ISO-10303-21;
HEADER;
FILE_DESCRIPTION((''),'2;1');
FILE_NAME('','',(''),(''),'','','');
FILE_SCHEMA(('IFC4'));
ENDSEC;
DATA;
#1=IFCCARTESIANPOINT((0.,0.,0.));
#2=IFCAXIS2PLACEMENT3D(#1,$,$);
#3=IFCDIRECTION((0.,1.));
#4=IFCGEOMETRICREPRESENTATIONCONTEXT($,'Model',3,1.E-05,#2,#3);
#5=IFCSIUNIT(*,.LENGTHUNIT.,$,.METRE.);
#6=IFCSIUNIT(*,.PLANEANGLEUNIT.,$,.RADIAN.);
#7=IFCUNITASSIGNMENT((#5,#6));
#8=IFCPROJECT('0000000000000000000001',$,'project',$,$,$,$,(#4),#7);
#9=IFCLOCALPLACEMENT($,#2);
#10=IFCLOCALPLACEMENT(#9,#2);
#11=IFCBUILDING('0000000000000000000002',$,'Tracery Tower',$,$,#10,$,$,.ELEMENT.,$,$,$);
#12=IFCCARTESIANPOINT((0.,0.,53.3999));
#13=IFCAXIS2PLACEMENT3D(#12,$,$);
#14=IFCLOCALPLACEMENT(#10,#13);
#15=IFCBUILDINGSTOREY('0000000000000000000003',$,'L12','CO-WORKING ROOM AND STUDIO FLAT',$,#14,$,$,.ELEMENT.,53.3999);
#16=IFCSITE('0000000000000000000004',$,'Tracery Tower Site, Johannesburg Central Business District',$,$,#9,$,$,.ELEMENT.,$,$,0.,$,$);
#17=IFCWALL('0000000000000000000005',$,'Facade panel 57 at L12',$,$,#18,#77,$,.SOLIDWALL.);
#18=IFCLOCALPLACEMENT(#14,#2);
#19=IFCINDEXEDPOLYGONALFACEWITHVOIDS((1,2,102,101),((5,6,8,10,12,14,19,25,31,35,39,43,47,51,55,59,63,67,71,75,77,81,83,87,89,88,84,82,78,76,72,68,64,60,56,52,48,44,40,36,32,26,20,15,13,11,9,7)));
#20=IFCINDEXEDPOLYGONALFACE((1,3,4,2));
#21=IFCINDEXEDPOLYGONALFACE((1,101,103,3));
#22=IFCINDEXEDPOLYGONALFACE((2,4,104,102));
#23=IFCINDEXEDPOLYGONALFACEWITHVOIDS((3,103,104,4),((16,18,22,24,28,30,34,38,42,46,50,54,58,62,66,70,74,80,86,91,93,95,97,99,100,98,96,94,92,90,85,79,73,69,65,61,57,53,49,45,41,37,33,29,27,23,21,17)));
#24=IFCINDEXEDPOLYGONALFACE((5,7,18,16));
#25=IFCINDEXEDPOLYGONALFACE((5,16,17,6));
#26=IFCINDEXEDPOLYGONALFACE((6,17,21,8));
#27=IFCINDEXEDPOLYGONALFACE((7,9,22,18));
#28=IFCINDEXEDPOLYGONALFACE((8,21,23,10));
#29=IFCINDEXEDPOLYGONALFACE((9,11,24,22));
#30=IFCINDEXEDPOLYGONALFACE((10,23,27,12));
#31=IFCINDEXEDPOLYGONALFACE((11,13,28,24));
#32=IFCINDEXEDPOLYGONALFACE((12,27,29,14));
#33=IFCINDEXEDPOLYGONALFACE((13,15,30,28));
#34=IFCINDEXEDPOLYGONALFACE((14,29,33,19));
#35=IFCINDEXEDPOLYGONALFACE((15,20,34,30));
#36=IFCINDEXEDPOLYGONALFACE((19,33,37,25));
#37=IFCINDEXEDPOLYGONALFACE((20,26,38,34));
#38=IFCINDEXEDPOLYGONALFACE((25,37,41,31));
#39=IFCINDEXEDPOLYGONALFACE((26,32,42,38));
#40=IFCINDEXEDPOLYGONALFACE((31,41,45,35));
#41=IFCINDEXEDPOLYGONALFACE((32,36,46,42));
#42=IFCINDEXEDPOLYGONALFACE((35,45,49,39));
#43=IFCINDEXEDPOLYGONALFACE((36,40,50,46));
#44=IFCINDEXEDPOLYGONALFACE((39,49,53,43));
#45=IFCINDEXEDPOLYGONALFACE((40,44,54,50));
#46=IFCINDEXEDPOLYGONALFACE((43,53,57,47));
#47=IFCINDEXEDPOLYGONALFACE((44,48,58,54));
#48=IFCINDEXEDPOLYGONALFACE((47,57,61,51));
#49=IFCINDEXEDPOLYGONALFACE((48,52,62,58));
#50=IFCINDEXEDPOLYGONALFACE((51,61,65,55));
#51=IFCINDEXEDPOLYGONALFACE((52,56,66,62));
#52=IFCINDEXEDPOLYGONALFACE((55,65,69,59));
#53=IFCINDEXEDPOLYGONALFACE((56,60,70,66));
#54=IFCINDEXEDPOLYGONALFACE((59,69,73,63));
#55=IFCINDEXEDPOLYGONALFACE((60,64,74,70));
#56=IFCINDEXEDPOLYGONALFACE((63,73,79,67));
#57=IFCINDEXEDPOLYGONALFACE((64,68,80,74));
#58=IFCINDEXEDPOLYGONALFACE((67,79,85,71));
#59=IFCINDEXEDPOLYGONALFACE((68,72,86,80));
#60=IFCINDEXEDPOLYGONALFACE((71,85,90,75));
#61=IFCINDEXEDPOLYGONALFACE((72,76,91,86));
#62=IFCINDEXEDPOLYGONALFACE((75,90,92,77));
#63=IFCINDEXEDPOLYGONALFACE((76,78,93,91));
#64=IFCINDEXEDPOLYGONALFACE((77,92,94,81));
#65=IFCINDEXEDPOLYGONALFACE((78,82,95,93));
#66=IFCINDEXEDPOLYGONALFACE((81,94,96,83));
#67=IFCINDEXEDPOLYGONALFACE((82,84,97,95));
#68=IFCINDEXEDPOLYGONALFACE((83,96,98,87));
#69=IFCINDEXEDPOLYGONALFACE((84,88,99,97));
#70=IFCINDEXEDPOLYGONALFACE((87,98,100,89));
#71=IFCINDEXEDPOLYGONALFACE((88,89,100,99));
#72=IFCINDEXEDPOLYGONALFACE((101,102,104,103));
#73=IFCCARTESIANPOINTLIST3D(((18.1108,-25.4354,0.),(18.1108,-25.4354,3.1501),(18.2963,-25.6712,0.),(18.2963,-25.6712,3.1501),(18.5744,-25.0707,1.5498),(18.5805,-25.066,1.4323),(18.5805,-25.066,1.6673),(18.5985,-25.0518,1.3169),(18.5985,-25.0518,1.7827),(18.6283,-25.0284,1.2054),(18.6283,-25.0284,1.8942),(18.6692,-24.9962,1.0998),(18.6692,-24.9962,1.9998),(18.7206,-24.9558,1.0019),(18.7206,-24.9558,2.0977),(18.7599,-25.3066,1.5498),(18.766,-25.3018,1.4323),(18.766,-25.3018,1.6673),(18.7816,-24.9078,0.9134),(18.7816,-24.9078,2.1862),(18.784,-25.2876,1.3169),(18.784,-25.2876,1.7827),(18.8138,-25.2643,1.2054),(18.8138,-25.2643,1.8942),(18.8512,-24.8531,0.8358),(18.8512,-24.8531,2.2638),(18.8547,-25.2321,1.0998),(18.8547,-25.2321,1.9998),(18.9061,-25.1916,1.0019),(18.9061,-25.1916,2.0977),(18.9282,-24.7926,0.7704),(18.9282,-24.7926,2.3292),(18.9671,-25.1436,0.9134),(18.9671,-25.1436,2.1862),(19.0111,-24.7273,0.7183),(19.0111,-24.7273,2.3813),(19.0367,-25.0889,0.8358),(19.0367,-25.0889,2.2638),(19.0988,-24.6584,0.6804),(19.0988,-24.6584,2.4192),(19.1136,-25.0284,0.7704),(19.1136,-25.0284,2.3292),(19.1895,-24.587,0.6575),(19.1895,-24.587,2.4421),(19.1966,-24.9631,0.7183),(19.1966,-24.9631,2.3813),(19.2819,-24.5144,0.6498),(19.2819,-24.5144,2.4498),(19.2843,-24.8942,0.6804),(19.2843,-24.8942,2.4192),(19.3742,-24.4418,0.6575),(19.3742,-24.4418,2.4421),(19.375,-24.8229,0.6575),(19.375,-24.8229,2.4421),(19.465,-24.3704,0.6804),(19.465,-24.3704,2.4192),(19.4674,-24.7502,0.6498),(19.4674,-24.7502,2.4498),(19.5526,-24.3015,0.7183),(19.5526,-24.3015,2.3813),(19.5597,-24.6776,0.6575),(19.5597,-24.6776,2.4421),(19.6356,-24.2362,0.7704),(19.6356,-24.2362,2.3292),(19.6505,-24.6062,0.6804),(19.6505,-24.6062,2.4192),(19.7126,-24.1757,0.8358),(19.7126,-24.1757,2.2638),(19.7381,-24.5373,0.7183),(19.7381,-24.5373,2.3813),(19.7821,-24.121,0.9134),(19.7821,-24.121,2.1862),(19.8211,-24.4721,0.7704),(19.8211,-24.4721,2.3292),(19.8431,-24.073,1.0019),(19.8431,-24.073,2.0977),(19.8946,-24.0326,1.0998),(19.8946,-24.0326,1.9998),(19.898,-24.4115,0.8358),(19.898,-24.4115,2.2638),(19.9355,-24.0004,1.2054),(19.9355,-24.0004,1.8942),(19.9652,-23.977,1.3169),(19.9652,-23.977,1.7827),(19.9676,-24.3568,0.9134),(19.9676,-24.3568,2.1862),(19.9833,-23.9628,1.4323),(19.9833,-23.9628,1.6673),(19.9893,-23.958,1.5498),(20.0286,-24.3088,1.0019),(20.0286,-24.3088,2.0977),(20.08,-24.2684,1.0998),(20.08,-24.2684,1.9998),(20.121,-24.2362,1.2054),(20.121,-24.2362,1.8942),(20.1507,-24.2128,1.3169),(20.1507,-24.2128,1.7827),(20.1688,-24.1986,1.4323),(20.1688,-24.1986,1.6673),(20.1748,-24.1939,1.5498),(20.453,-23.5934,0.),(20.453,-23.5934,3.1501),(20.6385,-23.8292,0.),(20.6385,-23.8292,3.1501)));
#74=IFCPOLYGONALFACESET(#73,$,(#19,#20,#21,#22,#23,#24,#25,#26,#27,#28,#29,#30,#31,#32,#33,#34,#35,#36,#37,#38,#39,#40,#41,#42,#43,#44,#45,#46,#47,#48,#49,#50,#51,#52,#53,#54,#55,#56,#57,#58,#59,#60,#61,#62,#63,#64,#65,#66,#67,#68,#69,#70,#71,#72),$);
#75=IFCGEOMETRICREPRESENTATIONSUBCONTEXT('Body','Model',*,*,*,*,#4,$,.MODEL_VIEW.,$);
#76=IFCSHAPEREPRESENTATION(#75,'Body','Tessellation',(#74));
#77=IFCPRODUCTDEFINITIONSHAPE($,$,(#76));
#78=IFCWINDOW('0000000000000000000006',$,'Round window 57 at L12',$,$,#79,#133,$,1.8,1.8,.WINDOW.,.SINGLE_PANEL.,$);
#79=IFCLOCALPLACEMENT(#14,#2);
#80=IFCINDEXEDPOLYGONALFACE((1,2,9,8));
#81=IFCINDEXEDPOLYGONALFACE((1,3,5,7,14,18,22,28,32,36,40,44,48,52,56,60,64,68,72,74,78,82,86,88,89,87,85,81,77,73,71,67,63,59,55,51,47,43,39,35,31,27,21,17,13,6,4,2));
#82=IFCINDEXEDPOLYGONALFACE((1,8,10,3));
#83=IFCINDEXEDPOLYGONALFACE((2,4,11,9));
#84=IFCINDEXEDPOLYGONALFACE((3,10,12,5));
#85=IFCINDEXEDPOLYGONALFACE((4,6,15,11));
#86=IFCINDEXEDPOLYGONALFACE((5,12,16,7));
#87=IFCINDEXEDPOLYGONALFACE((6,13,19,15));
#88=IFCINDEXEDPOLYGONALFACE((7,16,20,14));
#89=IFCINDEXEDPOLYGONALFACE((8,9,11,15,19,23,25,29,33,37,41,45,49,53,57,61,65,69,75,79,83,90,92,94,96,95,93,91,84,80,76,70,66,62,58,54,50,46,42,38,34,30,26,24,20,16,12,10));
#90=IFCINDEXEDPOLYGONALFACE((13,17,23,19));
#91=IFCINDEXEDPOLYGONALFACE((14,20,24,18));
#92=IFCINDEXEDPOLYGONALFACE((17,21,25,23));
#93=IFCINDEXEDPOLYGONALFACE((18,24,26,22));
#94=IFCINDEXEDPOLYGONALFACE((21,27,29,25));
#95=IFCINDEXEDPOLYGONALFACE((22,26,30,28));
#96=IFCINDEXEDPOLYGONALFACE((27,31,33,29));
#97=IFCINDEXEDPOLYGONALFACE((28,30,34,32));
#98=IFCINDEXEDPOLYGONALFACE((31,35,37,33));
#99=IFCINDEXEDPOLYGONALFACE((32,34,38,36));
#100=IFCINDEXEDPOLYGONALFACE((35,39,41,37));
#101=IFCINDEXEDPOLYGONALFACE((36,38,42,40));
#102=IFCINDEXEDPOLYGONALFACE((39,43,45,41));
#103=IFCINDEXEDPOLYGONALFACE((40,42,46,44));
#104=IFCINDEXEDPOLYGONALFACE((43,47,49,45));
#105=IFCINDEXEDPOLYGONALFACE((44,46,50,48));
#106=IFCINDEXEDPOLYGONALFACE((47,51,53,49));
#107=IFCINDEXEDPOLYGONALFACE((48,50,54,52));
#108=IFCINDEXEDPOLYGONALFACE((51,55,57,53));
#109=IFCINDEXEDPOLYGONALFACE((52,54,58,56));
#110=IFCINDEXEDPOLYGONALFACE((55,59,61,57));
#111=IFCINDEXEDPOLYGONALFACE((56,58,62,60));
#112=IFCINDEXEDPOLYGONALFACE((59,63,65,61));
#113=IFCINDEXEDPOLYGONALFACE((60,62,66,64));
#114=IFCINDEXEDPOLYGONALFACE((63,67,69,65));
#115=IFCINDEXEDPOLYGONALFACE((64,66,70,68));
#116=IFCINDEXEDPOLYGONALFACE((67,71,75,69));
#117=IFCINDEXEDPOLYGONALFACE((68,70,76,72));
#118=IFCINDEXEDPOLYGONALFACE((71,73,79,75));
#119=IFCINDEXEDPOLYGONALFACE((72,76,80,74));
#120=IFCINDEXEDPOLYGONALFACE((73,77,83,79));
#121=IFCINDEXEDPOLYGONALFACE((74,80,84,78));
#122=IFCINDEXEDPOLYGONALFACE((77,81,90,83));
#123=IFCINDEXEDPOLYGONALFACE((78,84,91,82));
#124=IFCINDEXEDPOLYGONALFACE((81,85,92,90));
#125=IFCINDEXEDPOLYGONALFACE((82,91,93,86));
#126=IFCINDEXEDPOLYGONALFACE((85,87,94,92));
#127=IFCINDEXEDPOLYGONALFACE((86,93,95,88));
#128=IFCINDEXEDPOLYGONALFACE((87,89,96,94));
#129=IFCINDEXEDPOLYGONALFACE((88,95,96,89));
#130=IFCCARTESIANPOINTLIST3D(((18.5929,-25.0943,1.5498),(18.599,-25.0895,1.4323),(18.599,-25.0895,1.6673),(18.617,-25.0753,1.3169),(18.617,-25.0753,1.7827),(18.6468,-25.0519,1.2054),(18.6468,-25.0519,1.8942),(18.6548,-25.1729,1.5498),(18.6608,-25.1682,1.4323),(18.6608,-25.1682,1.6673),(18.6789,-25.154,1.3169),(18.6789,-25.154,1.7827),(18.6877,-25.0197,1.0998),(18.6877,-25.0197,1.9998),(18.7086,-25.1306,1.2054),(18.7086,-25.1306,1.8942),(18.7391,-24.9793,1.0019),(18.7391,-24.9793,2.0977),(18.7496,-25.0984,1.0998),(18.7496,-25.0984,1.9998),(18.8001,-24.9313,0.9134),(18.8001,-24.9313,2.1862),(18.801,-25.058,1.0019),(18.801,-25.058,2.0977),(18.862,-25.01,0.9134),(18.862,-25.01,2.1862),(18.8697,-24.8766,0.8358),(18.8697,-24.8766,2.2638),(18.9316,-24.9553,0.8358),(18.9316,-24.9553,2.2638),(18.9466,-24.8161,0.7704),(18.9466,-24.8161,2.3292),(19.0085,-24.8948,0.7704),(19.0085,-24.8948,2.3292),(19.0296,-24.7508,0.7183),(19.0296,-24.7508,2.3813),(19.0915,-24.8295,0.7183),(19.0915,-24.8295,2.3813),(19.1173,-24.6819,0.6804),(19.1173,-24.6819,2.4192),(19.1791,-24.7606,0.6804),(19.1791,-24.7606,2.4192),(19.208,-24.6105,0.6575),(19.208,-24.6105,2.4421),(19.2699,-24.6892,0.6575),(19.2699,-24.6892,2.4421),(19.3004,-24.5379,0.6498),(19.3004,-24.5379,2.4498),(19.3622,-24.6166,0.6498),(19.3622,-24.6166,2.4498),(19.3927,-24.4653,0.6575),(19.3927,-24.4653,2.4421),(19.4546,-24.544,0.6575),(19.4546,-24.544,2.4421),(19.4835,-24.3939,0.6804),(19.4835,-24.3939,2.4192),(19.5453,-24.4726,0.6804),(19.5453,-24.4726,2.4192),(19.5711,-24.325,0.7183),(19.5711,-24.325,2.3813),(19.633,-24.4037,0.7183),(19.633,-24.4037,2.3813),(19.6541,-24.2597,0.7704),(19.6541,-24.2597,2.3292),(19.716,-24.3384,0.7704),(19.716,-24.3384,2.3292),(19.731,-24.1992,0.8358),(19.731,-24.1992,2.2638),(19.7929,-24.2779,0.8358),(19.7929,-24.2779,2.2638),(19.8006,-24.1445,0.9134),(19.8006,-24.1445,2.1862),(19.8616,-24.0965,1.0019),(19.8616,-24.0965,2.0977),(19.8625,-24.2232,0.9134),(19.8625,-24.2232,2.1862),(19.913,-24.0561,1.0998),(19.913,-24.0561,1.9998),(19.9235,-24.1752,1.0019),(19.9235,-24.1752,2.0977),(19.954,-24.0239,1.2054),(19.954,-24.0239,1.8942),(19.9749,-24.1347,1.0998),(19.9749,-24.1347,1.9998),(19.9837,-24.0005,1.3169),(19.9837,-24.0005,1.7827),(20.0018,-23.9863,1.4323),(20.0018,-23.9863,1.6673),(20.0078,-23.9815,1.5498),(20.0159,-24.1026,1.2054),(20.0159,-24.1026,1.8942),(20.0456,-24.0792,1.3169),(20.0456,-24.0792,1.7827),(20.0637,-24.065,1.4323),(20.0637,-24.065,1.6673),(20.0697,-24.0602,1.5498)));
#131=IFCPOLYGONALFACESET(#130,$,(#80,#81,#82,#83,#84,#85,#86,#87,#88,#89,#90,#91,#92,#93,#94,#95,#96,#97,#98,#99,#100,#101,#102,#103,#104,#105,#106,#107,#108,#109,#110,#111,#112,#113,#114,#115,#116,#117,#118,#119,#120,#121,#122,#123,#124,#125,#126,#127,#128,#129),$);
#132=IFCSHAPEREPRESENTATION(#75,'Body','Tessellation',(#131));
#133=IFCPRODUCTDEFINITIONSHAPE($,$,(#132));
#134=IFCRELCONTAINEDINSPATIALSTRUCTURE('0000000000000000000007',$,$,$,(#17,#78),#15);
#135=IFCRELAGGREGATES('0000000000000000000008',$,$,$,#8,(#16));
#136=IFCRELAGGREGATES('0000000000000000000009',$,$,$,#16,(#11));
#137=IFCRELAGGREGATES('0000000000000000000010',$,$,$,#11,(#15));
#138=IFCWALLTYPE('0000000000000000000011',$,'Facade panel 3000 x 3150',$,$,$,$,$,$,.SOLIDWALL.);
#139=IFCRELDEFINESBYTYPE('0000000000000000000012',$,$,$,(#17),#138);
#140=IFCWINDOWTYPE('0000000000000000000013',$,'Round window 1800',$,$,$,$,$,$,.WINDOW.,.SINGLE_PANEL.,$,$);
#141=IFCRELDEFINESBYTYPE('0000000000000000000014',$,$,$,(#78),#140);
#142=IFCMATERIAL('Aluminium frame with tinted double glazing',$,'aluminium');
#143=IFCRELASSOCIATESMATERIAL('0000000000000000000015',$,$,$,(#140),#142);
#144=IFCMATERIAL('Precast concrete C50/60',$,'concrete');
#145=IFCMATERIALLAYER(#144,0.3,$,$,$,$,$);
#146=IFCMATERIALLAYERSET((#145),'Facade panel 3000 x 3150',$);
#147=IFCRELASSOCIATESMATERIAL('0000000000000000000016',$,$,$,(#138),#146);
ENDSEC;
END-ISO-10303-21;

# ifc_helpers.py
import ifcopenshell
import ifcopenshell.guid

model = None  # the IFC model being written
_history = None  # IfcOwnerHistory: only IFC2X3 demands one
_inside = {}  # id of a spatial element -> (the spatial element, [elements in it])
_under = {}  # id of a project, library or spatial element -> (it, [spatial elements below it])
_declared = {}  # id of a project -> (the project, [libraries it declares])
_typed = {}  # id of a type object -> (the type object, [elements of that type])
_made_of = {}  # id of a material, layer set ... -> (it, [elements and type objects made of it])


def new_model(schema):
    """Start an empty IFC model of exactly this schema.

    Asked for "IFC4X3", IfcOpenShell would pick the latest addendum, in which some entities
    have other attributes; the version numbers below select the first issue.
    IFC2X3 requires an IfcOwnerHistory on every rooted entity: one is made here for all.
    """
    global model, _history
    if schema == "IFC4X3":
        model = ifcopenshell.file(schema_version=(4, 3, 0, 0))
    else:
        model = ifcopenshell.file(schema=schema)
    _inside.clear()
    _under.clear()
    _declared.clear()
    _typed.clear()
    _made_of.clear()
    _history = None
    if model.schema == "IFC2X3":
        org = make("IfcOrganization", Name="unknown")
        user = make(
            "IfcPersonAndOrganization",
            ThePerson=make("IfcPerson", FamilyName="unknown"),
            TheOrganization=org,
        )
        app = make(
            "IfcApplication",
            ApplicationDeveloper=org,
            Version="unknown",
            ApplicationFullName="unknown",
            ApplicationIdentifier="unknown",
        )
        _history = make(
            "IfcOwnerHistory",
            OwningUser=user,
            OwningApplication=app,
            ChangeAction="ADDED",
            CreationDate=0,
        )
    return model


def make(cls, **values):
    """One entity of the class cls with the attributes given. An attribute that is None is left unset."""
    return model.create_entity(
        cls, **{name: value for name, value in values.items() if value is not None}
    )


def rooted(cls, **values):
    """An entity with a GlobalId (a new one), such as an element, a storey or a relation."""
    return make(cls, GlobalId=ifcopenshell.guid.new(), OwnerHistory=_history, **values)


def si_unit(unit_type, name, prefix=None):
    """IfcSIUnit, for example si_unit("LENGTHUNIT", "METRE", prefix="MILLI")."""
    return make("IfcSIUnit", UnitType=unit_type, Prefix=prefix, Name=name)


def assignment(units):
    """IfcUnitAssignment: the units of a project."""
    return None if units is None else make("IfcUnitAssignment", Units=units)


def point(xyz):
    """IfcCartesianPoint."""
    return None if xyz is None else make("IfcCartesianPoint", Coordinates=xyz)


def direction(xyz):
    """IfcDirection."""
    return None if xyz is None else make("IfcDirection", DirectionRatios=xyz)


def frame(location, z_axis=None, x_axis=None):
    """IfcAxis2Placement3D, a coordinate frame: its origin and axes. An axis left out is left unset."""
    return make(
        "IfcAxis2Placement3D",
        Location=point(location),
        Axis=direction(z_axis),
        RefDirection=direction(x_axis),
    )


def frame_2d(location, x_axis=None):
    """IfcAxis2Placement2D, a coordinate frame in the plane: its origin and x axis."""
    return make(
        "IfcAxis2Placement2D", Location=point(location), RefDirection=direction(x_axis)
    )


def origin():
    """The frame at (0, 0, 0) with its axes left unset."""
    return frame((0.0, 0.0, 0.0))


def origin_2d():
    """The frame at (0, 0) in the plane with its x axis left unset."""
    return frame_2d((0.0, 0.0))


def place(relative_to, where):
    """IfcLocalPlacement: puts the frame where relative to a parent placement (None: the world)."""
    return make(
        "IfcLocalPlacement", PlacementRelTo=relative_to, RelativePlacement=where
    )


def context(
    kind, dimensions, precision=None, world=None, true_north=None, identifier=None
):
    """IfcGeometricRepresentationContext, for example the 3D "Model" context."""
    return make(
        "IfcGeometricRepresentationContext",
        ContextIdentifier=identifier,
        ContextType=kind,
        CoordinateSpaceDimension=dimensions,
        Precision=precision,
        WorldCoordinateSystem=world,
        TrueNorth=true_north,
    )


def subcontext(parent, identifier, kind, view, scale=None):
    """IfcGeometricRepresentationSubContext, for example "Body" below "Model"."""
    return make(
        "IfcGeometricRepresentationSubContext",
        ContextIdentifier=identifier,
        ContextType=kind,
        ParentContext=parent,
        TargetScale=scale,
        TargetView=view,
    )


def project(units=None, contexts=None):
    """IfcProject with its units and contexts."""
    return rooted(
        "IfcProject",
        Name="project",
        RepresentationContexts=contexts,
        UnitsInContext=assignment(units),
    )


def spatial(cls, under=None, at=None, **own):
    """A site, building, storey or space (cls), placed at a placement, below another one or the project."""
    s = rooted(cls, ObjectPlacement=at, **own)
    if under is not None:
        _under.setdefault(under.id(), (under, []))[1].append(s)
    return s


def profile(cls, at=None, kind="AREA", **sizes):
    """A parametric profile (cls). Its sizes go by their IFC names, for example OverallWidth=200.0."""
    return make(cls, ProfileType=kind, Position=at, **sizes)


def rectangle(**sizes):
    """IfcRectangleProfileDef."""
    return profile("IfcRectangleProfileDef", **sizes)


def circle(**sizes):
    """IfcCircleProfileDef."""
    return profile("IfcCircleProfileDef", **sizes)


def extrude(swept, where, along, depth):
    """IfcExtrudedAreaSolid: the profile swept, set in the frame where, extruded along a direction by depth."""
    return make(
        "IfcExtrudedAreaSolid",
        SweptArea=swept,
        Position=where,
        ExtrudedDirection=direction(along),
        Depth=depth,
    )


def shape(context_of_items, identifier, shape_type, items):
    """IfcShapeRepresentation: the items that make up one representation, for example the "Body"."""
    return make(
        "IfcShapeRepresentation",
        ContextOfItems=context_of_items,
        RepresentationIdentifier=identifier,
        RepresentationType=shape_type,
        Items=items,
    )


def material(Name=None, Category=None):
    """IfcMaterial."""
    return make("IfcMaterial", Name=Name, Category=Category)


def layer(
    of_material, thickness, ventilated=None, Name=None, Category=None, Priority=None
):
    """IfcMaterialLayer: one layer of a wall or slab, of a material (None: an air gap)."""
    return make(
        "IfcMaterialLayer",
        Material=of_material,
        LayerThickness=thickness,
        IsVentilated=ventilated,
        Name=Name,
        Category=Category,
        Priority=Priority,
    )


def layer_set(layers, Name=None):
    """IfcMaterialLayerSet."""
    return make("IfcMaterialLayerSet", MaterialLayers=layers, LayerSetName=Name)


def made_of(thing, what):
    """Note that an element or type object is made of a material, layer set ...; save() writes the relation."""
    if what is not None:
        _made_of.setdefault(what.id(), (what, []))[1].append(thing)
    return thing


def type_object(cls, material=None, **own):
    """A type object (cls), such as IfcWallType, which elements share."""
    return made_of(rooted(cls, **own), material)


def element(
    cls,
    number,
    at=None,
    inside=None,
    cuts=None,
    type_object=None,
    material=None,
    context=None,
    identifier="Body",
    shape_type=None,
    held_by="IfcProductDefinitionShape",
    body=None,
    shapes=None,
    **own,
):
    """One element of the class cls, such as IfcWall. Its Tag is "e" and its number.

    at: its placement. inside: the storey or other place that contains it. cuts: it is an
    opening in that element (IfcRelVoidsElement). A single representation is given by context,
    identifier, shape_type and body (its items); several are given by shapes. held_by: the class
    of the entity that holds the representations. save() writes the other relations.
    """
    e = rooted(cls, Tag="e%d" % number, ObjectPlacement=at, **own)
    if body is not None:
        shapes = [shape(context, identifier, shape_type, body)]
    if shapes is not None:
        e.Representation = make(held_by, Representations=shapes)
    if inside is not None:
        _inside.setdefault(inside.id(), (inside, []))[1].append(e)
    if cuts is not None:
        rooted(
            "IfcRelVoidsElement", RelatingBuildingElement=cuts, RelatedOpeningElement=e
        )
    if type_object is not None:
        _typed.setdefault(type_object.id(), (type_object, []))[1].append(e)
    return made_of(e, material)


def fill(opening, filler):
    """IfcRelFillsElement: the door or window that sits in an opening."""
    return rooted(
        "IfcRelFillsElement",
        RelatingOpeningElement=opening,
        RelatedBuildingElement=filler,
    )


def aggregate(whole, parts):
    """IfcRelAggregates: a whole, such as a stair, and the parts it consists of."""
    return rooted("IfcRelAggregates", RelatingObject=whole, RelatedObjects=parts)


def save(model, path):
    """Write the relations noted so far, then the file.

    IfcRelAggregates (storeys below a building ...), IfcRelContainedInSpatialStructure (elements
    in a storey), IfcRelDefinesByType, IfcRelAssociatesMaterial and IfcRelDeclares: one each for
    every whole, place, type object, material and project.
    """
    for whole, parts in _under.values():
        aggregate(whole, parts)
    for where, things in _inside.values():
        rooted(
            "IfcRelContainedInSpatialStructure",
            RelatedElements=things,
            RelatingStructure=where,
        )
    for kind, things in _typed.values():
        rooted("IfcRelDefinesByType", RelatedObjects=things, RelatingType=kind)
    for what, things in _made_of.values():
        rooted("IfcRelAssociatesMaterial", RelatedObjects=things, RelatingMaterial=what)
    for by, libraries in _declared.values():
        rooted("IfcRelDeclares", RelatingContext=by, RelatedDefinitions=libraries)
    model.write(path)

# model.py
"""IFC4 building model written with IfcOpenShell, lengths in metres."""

from ifc_helpers import new_model, si_unit, direction, frame, frame_2d, origin, origin_2d, place, context, subcontext, project, spatial, rectangle, circle, extrude, material, layer, layer_set, type_object, element, fill, save


model = new_model("IFC4")

# Units and contexts
model_context = context("Model", 3, precision=1e-05, world=origin(), true_north=direction((0.0, 1.0)))
body_context = subcontext(model_context, "Body", "Model", "MODEL_VIEW")
ifc_project = project(units=[si_unit("LENGTHUNIT", "METRE"), si_unit("PLANEANGLEUNIT", "RADIAN")], contexts=[model_context])

# Site, building, storey
site_placement = place(None, origin())
site = spatial("IfcSite", under=ifc_project, at=site_placement, Name="Tracery Tower Site, Johannesburg Central Business District", CompositionType="ELEMENT", RefElevation=0.0)
building_placement = place(site_placement, origin())
building = spatial("IfcBuilding", under=site, at=building_placement, Name="Tracery Tower", CompositionType="ELEMENT")
storey_placement = place(building_placement, frame((0.0, 0.0, 53.3999)))
storey = spatial("IfcBuildingStorey", under=building, at=storey_placement, Name="L12", Description="CO-WORKING ROOM AND STUDIO FLAT", CompositionType="ELEMENT", Elevation=53.3999)

# Wall, opening, window
ifc_material_1 = material(Name="Aluminium frame with tinted double glazing", Category="aluminium")
window_type = type_object("IfcWindowType", Name="Round window 1800", PartitioningType="SINGLE_PANEL", PredefinedType="WINDOW", material=ifc_material_1)
ifc_material_2 = material(Name="Precast concrete C50/60", Category="concrete")
ifc_layer_1 = layer(ifc_material_2, 0.3)
ifc_layer_set_1 = layer_set([ifc_layer_1], Name="Facade panel 3000 x 3150")
wall_type_1 = type_object("IfcWallType", Name="Facade panel 3000 x 3150", PredefinedType="SOLIDWALL", material=ifc_layer_set_1)
wall_1_placement = place(storey_placement, frame((18.2036, -25.5532, 0.0), z_axis=(0.0, 0.0, 1.0), x_axis=(0.786045, 0.618169, 0.0)))
wall_1 = element("IfcWall", 1, at=wall_1_placement, inside=storey, type_object=wall_type_1, Name="Facade panel 57 at L12", PredefinedType="SOLIDWALL", context=body_context, shape_type="SweptSolid", body=[
    extrude(rectangle(XDim=2.9797, YDim=0.3, at=frame_2d((1.4897, 0.0))), origin(), (0.0, 0.0, 1.0), 3.1501),
])
opening_1_placement = place(wall_1_placement, frame((1.4897, 0.0, 1.5498)))
opening_1 = element("IfcOpeningElement", 2, at=opening_1_placement, cuts=wall_1, PredefinedType="OPENING", context=body_context, shape_type="SweptSolid", body=[
    extrude(circle(Radius=0.9, at=origin_2d()), frame((0.0, 0.1599, 0.0), z_axis=(0.0, -1.0, 0.0), x_axis=(1.0, 0.0, 0.0)), (0.0, 0.0, 1.0), 0.3201),
])
window_1_placement = place(opening_1_placement, origin())
window_1 = element("IfcWindow", 3, at=window_1_placement, inside=storey, type_object=window_type, Name="Round window 57 at L12", OverallHeight=1.8, OverallWidth=1.8, PartitioningType="SINGLE_PANEL", PredefinedType="WINDOW", context=body_context, shape_type="SweptSolid", body=[
    extrude(circle(Radius=0.9, at=origin_2d()), frame((0.0, 0.1201, 0.0), z_axis=(0.0, -1.0, 0.0), x_axis=(1.0, 0.0, 0.0)), (0.0, 0.0, 1.0), 0.1001),
])
fill(opening_1, window_1)

save(model, "model.ifc")
